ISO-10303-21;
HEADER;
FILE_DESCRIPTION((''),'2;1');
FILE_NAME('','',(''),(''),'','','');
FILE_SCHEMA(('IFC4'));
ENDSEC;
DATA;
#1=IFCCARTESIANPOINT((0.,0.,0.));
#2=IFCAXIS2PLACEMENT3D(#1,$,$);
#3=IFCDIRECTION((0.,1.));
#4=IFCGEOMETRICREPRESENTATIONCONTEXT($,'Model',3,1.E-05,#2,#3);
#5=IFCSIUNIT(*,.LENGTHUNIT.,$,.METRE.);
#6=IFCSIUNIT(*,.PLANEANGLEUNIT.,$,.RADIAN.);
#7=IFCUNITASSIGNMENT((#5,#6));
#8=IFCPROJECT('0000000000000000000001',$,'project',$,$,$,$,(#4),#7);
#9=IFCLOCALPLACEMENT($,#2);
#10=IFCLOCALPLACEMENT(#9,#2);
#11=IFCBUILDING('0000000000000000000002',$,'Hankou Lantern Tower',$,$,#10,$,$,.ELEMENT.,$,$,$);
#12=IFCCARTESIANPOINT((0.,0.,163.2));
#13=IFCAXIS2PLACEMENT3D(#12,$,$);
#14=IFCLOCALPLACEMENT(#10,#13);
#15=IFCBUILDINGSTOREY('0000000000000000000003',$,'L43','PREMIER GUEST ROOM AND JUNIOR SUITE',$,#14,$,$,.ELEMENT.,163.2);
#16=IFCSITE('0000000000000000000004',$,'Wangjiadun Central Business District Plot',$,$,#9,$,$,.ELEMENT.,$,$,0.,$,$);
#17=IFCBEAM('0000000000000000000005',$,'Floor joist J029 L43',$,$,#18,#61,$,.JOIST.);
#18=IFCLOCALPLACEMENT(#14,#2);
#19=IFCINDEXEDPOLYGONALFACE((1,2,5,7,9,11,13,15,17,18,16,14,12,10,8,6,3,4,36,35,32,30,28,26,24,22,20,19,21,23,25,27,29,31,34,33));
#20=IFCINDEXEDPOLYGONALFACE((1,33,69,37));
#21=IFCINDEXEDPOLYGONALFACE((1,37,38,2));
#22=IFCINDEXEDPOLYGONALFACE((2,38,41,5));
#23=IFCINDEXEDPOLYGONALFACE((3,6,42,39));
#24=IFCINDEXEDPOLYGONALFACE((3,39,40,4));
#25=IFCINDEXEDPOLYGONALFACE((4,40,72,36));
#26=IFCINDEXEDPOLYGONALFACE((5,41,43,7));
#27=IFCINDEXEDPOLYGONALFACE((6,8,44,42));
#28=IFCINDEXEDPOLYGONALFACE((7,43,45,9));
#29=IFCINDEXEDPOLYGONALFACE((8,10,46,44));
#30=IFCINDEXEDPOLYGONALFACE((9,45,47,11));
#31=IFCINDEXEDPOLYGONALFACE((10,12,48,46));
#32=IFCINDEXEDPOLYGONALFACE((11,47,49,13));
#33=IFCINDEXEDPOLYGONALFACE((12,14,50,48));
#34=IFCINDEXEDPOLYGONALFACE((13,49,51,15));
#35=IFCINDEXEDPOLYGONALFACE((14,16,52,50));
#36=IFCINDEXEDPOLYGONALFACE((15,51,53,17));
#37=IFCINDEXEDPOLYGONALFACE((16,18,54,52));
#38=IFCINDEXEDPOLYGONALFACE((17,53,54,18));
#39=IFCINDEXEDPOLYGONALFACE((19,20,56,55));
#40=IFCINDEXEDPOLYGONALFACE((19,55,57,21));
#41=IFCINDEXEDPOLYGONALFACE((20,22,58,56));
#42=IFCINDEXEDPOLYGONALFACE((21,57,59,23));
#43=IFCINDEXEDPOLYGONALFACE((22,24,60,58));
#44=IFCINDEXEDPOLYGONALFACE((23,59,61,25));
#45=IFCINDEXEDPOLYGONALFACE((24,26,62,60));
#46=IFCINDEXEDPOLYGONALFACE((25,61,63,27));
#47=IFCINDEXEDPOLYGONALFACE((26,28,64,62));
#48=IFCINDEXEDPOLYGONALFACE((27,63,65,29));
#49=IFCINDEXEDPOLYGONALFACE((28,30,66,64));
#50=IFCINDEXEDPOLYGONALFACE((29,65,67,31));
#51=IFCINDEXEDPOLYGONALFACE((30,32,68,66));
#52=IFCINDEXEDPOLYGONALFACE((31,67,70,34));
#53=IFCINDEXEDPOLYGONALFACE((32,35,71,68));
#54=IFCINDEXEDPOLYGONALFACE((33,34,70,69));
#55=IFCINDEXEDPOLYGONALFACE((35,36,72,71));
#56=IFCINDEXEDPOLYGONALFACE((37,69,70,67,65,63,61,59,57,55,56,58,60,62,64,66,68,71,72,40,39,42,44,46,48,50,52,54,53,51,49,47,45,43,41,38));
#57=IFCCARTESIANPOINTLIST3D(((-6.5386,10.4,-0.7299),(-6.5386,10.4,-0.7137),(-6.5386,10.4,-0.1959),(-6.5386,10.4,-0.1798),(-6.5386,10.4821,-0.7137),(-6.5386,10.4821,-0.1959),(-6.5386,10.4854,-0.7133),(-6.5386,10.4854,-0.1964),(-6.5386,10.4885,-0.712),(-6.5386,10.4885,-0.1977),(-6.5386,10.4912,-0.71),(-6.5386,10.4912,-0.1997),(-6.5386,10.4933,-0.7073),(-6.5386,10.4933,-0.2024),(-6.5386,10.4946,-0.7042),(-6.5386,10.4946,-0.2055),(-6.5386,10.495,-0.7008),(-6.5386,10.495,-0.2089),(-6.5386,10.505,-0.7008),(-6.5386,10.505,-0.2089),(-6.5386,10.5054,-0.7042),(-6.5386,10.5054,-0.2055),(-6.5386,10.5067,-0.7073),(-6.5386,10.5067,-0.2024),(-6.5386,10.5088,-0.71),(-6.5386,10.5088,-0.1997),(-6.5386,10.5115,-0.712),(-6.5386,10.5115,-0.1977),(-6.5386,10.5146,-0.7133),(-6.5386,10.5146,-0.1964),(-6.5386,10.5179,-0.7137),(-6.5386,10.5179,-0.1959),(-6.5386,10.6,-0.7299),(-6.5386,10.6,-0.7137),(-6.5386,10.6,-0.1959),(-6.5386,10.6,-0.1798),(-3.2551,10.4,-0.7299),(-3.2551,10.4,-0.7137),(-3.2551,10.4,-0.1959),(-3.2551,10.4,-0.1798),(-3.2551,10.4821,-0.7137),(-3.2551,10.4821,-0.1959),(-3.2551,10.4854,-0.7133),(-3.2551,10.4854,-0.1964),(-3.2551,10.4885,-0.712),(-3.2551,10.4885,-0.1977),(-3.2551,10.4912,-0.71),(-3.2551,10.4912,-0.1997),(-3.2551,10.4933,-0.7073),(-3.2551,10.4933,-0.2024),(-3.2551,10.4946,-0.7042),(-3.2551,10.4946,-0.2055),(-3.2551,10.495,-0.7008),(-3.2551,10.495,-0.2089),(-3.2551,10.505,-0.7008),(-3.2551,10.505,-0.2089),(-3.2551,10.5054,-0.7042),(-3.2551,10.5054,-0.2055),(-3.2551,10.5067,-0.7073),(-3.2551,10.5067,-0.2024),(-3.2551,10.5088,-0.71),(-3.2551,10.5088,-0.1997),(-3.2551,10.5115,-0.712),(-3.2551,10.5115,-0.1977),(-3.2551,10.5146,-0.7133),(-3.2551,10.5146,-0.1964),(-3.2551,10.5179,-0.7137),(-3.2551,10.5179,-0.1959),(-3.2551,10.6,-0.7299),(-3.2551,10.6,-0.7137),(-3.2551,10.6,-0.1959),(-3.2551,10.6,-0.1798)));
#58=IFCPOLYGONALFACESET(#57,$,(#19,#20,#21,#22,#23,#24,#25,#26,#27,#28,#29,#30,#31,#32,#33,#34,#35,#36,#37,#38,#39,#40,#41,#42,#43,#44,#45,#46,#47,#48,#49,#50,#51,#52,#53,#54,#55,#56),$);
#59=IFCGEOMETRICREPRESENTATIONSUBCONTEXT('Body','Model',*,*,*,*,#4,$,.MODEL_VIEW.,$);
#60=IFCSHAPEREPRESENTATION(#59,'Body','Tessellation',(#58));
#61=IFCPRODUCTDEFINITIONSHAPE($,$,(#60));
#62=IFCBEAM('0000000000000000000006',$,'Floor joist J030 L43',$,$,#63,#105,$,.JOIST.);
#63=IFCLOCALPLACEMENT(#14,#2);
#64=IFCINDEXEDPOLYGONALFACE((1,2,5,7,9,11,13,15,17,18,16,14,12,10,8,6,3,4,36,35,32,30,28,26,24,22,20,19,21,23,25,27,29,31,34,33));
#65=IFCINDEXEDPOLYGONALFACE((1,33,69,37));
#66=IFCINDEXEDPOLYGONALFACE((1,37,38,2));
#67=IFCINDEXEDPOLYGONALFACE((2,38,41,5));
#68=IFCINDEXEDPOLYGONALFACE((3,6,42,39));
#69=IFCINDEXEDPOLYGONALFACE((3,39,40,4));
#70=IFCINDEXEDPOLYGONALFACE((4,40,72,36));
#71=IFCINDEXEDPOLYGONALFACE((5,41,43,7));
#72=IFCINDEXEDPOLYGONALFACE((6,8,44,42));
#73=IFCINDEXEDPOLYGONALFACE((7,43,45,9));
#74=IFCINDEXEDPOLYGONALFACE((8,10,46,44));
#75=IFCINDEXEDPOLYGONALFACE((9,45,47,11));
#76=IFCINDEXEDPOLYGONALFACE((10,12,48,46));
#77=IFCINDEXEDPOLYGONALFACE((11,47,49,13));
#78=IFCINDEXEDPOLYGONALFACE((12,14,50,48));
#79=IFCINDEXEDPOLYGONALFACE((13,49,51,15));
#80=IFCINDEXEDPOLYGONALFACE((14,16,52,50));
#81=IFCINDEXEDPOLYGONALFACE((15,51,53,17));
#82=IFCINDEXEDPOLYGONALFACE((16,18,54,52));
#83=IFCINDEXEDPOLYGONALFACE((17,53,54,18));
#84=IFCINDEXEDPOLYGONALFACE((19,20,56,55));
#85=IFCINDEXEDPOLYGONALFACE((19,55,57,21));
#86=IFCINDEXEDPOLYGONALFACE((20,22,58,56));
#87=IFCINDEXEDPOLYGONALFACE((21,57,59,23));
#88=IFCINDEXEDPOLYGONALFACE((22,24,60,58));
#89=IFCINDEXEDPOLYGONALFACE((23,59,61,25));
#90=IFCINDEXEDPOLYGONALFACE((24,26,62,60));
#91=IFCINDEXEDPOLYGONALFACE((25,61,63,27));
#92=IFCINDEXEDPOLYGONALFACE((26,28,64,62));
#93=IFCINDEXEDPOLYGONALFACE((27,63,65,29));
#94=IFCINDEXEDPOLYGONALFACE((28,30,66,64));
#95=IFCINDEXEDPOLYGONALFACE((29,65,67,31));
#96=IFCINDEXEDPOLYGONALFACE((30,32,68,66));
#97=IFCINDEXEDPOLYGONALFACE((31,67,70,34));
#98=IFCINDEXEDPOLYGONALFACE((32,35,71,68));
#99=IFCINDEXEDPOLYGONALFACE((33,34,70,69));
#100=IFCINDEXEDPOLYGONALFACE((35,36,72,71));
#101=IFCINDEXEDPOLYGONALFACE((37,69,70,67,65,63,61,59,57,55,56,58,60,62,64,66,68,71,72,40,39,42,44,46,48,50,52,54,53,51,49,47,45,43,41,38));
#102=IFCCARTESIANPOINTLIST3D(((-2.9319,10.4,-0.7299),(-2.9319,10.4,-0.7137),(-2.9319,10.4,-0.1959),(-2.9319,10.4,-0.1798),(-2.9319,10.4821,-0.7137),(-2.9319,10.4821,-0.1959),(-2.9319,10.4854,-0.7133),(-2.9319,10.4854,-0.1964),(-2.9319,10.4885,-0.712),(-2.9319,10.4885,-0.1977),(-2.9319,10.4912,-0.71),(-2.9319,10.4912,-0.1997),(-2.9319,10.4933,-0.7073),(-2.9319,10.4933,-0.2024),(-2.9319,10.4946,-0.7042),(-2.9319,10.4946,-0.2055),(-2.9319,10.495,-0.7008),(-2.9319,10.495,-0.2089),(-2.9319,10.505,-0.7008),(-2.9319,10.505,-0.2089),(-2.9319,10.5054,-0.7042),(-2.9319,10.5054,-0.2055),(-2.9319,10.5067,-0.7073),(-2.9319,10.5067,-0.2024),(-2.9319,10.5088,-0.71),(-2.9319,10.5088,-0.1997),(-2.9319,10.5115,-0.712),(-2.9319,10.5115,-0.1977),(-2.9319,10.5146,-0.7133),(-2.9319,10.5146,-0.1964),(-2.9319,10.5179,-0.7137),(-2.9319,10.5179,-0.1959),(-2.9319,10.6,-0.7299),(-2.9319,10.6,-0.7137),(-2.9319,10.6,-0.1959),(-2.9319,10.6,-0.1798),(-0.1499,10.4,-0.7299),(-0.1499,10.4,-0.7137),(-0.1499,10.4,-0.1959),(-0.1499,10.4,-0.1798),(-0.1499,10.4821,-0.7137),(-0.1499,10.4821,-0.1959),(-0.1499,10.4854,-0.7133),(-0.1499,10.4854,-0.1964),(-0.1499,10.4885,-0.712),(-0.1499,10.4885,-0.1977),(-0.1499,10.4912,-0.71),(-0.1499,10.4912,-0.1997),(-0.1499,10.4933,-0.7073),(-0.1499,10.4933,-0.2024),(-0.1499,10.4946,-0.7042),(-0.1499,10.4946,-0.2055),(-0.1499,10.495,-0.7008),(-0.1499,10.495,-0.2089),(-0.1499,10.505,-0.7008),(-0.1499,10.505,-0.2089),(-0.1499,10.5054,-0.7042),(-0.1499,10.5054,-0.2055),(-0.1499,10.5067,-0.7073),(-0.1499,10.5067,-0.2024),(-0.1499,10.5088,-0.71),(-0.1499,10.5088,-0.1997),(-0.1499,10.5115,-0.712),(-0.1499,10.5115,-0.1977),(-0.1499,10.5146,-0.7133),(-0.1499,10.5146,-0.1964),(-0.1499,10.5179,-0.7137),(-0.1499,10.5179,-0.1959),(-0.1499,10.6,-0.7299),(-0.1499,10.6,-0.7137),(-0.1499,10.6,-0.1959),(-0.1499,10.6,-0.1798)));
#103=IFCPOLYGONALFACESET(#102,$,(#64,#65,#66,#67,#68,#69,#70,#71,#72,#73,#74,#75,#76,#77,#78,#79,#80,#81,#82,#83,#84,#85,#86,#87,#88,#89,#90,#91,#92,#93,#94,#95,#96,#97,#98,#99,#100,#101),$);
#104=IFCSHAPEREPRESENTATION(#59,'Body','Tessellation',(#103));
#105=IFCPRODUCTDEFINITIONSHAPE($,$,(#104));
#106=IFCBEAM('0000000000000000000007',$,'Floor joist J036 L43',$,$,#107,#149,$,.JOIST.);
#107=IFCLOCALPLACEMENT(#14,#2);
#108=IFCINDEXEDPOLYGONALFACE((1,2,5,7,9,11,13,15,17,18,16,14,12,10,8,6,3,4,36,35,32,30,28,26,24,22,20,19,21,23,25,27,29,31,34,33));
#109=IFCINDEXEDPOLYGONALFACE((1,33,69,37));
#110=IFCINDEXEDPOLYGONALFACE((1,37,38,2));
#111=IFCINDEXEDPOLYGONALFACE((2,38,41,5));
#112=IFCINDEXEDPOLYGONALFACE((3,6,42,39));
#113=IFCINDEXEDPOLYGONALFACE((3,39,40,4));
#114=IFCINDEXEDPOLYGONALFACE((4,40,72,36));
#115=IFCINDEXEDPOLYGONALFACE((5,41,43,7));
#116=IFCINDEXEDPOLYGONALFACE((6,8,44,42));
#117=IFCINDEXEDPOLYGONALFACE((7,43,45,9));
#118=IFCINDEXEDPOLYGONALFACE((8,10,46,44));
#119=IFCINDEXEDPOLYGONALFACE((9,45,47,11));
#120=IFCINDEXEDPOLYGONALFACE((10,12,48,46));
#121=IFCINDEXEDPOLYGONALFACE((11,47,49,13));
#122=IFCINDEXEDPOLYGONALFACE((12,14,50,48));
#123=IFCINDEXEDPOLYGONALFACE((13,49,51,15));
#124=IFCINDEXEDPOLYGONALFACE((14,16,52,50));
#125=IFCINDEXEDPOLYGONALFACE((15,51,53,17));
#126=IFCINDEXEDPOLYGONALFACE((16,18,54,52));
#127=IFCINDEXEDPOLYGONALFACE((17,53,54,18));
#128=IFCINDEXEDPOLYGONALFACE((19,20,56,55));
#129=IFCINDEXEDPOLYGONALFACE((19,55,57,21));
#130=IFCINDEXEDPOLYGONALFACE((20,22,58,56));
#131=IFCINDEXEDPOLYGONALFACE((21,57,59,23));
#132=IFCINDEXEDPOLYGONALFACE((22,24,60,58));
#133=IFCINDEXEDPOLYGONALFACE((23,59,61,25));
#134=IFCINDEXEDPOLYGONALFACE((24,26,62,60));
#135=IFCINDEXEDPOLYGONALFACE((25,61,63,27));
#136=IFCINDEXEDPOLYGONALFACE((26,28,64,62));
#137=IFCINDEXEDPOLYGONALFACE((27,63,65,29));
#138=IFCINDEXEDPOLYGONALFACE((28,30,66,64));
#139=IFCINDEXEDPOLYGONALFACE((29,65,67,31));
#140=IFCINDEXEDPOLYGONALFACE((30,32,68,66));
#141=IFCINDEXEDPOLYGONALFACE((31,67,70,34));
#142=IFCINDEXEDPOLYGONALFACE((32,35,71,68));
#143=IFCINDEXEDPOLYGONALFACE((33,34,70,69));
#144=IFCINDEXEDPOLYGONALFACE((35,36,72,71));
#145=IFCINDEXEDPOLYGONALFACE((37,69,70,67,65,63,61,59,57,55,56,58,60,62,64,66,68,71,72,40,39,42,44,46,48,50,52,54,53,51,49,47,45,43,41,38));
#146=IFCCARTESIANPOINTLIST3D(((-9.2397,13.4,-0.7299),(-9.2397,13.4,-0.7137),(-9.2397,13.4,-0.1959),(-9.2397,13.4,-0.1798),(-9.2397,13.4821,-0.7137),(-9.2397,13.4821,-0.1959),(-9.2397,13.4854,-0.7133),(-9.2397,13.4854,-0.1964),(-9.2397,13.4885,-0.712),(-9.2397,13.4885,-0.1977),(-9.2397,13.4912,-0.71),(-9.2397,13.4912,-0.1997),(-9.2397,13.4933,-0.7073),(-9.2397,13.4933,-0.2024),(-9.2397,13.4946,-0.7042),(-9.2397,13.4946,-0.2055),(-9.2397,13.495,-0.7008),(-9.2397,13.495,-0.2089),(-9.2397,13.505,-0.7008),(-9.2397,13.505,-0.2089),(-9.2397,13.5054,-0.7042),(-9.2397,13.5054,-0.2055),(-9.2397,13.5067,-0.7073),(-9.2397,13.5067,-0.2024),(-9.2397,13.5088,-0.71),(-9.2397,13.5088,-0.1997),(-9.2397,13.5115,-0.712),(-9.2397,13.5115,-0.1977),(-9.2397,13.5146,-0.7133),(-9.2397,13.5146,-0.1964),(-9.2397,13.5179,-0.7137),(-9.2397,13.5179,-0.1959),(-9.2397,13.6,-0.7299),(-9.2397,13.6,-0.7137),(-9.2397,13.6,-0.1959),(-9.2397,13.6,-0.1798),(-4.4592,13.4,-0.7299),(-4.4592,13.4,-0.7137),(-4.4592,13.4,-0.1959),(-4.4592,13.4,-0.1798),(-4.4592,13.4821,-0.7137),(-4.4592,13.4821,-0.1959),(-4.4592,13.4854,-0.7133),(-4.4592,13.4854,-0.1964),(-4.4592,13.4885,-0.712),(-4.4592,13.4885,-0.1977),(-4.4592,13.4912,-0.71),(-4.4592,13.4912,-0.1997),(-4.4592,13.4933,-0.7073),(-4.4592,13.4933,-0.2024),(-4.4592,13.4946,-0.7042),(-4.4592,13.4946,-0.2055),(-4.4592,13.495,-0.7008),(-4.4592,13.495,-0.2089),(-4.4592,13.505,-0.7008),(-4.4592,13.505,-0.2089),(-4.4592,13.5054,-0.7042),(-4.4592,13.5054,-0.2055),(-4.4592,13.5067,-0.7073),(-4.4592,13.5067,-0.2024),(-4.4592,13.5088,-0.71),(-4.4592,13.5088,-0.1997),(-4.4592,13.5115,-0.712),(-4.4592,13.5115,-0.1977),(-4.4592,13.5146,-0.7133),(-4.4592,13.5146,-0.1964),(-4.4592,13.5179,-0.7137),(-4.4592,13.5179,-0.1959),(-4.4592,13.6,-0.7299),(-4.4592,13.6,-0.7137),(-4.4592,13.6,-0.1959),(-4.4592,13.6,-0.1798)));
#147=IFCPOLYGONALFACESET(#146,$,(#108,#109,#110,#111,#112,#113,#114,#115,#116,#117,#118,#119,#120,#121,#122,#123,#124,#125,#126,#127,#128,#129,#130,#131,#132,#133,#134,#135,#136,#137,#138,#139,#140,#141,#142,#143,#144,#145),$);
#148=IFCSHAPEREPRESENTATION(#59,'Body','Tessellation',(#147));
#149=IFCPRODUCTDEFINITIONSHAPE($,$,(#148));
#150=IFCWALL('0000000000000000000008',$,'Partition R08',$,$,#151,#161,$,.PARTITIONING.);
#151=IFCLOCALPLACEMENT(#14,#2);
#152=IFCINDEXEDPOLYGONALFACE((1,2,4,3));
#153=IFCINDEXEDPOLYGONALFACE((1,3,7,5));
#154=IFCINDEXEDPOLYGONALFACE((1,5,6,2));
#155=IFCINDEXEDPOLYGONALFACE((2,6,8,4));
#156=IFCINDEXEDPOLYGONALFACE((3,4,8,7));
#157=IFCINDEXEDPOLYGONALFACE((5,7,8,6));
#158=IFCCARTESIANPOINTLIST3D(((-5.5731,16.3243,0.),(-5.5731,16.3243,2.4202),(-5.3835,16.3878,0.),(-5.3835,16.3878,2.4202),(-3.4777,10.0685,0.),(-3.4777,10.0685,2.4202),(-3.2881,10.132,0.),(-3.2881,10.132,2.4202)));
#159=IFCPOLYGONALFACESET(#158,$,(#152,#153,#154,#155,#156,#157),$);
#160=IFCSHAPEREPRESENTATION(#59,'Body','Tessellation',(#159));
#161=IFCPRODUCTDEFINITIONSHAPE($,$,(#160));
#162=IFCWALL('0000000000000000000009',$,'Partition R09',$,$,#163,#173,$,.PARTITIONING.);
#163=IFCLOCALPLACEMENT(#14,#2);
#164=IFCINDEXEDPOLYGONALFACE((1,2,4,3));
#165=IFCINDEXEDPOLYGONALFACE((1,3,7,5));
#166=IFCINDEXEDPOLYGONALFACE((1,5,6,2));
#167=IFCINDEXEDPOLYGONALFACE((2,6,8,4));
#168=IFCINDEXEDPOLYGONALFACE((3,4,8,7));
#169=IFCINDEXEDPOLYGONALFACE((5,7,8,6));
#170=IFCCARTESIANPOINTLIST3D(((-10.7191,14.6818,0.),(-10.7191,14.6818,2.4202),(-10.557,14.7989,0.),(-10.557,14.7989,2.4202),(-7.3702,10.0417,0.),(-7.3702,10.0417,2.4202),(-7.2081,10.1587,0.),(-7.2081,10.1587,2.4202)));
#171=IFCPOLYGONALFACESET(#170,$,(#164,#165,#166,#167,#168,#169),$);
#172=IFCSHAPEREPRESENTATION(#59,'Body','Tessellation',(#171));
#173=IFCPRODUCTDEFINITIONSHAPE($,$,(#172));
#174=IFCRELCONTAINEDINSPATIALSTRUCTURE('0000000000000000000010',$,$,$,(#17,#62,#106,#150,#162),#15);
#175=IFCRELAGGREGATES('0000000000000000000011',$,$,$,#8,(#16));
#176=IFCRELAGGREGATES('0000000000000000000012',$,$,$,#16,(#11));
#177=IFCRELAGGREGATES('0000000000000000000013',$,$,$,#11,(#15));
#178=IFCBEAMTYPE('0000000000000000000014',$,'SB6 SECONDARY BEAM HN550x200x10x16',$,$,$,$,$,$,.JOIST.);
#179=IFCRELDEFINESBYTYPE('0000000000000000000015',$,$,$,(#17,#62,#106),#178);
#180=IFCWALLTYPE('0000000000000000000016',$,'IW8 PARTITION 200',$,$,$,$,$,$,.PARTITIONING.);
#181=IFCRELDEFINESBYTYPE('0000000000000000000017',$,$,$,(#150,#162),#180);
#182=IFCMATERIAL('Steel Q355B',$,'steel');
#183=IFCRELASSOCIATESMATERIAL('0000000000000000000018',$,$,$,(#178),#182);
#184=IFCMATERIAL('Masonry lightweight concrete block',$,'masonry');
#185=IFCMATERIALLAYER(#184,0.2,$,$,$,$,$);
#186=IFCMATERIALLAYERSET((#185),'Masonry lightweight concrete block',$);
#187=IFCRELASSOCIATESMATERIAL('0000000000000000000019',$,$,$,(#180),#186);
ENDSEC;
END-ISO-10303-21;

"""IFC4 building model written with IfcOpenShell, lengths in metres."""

from ifc_helpers import new_model, si_unit, direction, frame, frame_2d, origin, origin_2d, place, context, subcontext, project, spatial, rectangle, i_section, extrude, material, layer, layer_set, material_profile, profile_set, type_object, element, save


model = new_model("IFC4")

# Units and contexts
model_context = context("Model", 3, precision=1e-05, world=origin(), true_north=direction((0.0, 1.0)))
body_context = subcontext(model_context, "Body", "Model", "MODEL_VIEW")
ifc_project = project(units=[si_unit("LENGTHUNIT", "METRE"), si_unit("PLANEANGLEUNIT", "RADIAN")], contexts=[model_context])

# Site, building, storey
site_placement = place(None, origin())
site = spatial("IfcSite", under=ifc_project, at=site_placement, Name="Wangjiadun Central Business District Plot", CompositionType="ELEMENT", RefElevation=0.0)
building_placement = place(site_placement, origin())
building = spatial("IfcBuilding", under=site, at=building_placement, Name="Hankou Lantern Tower", CompositionType="ELEMENT")
storey_placement = place(building_placement, frame((0.0, 0.0, 163.2)))
storey = spatial("IfcBuildingStorey", under=building, at=storey_placement, Name="L43", Description="PREMIER GUEST ROOM AND JUNIOR SUITE", CompositionType="ELEMENT", Elevation=163.2)

# Beams
ifc_material_1 = material(Name="Steel Q355B", Category="steel")
ifc_material_profile_1 = material_profile(ifc_material_1, i_section(OverallWidth=0.2, OverallDepth=0.55, WebThickness=0.01, FlangeThickness=0.0161, FilletRadius=0.0129, at=origin_2d()), Name="HN550x200x10x16")
ifc_profile_set_1 = profile_set([ifc_material_profile_1], Name="Steel Q355B")
beam_type_1 = type_object("IfcBeamType", Name="SB6 SECONDARY BEAM HN550x200x10x16", PredefinedType="JOIST", material=ifc_profile_set_1)
beam_1_placement = place(storey_placement, frame((-6.5386, 10.5, -0.4548), z_axis=(1.0, 0.0, 0.0), x_axis=(0.0, 1.0, 0.0)))
element("IfcBeam", 1, at=beam_1_placement, inside=storey, type_object=beam_type_1, Name="Floor joist J029 L43", PredefinedType="JOIST", context=body_context, shape_type="SweptSolid", body=[
    extrude(i_section(OverallWidth=0.2, OverallDepth=0.55, WebThickness=0.01, FlangeThickness=0.0161, FilletRadius=0.0129, at=origin_2d()), origin(), (0.0, 0.0, 1.0), 3.2834),
])
beam_2_placement = place(storey_placement, frame((-2.9319, 10.5, -0.4548), z_axis=(1.0, 0.0, 0.0), x_axis=(0.0, 1.0, 0.0)))
element("IfcBeam", 2, at=beam_2_placement, inside=storey, type_object=beam_type_1, Name="Floor joist J030 L43", PredefinedType="JOIST", context=body_context, shape_type="SweptSolid", body=[
    extrude(i_section(OverallWidth=0.2, OverallDepth=0.55, WebThickness=0.01, FlangeThickness=0.0161, FilletRadius=0.0129, at=origin_2d()), origin(), (0.0, 0.0, 1.0), 2.782),
])
beam_3_placement = place(storey_placement, frame((-9.2397, 13.5, -0.4548), z_axis=(1.0, 0.0, 0.0), x_axis=(0.0, 1.0, 0.0)))
element("IfcBeam", 3, at=beam_3_placement, inside=storey, type_object=beam_type_1, Name="Floor joist J036 L43", PredefinedType="JOIST", context=body_context, shape_type="SweptSolid", body=[
    extrude(i_section(OverallWidth=0.2, OverallDepth=0.55, WebThickness=0.01, FlangeThickness=0.0161, FilletRadius=0.0129, at=origin_2d()), origin(), (0.0, 0.0, 1.0), 4.7805),
])

# Walls
ifc_material_2 = material(Name="Masonry lightweight concrete block", Category="masonry")
ifc_layer = layer(ifc_material_2, 0.2)
ifc_layer_set = layer_set([ifc_layer], Name="Masonry lightweight concrete block")
wall_type = type_object("IfcWallType", Name="IW8 PARTITION 200", PredefinedType="PARTITIONING", material=ifc_layer_set)
wall_1_placement = place(storey_placement, frame((-3.3828, 10.1001, 0.0), z_axis=(0.0, 0.0, 1.0), x_axis=(-0.317615, 0.94822, 0.0)))
element("IfcWall", 4, at=wall_1_placement, inside=storey, type_object=wall_type, Name="Partition R08", PredefinedType="PARTITIONING", context=body_context, shape_type="SweptSolid", body=[
    extrude(rectangle(XDim=6.5974, YDim=0.2, at=frame_2d((3.2988, 0.0))), origin(), (0.0, 0.0, 1.0), 2.4202),
])
wall_2_placement = place(storey_placement, frame((-7.2891, 10.1001, 0.0), z_axis=(0.0, 0.0, 1.0), x_axis=(-0.585223, 0.810873, 0.0)))
element("IfcWall", 5, at=wall_2_placement, inside=storey, type_object=wall_type, Name="Partition R09", PredefinedType="PARTITIONING", context=body_context, shape_type="SweptSolid", body=[
    extrude(rectangle(XDim=5.7224, YDim=0.2, at=frame_2d((2.8613, 0.0))), origin(), (0.0, 0.0, 1.0), 2.4202),
])

save(model, "model.ifc")
